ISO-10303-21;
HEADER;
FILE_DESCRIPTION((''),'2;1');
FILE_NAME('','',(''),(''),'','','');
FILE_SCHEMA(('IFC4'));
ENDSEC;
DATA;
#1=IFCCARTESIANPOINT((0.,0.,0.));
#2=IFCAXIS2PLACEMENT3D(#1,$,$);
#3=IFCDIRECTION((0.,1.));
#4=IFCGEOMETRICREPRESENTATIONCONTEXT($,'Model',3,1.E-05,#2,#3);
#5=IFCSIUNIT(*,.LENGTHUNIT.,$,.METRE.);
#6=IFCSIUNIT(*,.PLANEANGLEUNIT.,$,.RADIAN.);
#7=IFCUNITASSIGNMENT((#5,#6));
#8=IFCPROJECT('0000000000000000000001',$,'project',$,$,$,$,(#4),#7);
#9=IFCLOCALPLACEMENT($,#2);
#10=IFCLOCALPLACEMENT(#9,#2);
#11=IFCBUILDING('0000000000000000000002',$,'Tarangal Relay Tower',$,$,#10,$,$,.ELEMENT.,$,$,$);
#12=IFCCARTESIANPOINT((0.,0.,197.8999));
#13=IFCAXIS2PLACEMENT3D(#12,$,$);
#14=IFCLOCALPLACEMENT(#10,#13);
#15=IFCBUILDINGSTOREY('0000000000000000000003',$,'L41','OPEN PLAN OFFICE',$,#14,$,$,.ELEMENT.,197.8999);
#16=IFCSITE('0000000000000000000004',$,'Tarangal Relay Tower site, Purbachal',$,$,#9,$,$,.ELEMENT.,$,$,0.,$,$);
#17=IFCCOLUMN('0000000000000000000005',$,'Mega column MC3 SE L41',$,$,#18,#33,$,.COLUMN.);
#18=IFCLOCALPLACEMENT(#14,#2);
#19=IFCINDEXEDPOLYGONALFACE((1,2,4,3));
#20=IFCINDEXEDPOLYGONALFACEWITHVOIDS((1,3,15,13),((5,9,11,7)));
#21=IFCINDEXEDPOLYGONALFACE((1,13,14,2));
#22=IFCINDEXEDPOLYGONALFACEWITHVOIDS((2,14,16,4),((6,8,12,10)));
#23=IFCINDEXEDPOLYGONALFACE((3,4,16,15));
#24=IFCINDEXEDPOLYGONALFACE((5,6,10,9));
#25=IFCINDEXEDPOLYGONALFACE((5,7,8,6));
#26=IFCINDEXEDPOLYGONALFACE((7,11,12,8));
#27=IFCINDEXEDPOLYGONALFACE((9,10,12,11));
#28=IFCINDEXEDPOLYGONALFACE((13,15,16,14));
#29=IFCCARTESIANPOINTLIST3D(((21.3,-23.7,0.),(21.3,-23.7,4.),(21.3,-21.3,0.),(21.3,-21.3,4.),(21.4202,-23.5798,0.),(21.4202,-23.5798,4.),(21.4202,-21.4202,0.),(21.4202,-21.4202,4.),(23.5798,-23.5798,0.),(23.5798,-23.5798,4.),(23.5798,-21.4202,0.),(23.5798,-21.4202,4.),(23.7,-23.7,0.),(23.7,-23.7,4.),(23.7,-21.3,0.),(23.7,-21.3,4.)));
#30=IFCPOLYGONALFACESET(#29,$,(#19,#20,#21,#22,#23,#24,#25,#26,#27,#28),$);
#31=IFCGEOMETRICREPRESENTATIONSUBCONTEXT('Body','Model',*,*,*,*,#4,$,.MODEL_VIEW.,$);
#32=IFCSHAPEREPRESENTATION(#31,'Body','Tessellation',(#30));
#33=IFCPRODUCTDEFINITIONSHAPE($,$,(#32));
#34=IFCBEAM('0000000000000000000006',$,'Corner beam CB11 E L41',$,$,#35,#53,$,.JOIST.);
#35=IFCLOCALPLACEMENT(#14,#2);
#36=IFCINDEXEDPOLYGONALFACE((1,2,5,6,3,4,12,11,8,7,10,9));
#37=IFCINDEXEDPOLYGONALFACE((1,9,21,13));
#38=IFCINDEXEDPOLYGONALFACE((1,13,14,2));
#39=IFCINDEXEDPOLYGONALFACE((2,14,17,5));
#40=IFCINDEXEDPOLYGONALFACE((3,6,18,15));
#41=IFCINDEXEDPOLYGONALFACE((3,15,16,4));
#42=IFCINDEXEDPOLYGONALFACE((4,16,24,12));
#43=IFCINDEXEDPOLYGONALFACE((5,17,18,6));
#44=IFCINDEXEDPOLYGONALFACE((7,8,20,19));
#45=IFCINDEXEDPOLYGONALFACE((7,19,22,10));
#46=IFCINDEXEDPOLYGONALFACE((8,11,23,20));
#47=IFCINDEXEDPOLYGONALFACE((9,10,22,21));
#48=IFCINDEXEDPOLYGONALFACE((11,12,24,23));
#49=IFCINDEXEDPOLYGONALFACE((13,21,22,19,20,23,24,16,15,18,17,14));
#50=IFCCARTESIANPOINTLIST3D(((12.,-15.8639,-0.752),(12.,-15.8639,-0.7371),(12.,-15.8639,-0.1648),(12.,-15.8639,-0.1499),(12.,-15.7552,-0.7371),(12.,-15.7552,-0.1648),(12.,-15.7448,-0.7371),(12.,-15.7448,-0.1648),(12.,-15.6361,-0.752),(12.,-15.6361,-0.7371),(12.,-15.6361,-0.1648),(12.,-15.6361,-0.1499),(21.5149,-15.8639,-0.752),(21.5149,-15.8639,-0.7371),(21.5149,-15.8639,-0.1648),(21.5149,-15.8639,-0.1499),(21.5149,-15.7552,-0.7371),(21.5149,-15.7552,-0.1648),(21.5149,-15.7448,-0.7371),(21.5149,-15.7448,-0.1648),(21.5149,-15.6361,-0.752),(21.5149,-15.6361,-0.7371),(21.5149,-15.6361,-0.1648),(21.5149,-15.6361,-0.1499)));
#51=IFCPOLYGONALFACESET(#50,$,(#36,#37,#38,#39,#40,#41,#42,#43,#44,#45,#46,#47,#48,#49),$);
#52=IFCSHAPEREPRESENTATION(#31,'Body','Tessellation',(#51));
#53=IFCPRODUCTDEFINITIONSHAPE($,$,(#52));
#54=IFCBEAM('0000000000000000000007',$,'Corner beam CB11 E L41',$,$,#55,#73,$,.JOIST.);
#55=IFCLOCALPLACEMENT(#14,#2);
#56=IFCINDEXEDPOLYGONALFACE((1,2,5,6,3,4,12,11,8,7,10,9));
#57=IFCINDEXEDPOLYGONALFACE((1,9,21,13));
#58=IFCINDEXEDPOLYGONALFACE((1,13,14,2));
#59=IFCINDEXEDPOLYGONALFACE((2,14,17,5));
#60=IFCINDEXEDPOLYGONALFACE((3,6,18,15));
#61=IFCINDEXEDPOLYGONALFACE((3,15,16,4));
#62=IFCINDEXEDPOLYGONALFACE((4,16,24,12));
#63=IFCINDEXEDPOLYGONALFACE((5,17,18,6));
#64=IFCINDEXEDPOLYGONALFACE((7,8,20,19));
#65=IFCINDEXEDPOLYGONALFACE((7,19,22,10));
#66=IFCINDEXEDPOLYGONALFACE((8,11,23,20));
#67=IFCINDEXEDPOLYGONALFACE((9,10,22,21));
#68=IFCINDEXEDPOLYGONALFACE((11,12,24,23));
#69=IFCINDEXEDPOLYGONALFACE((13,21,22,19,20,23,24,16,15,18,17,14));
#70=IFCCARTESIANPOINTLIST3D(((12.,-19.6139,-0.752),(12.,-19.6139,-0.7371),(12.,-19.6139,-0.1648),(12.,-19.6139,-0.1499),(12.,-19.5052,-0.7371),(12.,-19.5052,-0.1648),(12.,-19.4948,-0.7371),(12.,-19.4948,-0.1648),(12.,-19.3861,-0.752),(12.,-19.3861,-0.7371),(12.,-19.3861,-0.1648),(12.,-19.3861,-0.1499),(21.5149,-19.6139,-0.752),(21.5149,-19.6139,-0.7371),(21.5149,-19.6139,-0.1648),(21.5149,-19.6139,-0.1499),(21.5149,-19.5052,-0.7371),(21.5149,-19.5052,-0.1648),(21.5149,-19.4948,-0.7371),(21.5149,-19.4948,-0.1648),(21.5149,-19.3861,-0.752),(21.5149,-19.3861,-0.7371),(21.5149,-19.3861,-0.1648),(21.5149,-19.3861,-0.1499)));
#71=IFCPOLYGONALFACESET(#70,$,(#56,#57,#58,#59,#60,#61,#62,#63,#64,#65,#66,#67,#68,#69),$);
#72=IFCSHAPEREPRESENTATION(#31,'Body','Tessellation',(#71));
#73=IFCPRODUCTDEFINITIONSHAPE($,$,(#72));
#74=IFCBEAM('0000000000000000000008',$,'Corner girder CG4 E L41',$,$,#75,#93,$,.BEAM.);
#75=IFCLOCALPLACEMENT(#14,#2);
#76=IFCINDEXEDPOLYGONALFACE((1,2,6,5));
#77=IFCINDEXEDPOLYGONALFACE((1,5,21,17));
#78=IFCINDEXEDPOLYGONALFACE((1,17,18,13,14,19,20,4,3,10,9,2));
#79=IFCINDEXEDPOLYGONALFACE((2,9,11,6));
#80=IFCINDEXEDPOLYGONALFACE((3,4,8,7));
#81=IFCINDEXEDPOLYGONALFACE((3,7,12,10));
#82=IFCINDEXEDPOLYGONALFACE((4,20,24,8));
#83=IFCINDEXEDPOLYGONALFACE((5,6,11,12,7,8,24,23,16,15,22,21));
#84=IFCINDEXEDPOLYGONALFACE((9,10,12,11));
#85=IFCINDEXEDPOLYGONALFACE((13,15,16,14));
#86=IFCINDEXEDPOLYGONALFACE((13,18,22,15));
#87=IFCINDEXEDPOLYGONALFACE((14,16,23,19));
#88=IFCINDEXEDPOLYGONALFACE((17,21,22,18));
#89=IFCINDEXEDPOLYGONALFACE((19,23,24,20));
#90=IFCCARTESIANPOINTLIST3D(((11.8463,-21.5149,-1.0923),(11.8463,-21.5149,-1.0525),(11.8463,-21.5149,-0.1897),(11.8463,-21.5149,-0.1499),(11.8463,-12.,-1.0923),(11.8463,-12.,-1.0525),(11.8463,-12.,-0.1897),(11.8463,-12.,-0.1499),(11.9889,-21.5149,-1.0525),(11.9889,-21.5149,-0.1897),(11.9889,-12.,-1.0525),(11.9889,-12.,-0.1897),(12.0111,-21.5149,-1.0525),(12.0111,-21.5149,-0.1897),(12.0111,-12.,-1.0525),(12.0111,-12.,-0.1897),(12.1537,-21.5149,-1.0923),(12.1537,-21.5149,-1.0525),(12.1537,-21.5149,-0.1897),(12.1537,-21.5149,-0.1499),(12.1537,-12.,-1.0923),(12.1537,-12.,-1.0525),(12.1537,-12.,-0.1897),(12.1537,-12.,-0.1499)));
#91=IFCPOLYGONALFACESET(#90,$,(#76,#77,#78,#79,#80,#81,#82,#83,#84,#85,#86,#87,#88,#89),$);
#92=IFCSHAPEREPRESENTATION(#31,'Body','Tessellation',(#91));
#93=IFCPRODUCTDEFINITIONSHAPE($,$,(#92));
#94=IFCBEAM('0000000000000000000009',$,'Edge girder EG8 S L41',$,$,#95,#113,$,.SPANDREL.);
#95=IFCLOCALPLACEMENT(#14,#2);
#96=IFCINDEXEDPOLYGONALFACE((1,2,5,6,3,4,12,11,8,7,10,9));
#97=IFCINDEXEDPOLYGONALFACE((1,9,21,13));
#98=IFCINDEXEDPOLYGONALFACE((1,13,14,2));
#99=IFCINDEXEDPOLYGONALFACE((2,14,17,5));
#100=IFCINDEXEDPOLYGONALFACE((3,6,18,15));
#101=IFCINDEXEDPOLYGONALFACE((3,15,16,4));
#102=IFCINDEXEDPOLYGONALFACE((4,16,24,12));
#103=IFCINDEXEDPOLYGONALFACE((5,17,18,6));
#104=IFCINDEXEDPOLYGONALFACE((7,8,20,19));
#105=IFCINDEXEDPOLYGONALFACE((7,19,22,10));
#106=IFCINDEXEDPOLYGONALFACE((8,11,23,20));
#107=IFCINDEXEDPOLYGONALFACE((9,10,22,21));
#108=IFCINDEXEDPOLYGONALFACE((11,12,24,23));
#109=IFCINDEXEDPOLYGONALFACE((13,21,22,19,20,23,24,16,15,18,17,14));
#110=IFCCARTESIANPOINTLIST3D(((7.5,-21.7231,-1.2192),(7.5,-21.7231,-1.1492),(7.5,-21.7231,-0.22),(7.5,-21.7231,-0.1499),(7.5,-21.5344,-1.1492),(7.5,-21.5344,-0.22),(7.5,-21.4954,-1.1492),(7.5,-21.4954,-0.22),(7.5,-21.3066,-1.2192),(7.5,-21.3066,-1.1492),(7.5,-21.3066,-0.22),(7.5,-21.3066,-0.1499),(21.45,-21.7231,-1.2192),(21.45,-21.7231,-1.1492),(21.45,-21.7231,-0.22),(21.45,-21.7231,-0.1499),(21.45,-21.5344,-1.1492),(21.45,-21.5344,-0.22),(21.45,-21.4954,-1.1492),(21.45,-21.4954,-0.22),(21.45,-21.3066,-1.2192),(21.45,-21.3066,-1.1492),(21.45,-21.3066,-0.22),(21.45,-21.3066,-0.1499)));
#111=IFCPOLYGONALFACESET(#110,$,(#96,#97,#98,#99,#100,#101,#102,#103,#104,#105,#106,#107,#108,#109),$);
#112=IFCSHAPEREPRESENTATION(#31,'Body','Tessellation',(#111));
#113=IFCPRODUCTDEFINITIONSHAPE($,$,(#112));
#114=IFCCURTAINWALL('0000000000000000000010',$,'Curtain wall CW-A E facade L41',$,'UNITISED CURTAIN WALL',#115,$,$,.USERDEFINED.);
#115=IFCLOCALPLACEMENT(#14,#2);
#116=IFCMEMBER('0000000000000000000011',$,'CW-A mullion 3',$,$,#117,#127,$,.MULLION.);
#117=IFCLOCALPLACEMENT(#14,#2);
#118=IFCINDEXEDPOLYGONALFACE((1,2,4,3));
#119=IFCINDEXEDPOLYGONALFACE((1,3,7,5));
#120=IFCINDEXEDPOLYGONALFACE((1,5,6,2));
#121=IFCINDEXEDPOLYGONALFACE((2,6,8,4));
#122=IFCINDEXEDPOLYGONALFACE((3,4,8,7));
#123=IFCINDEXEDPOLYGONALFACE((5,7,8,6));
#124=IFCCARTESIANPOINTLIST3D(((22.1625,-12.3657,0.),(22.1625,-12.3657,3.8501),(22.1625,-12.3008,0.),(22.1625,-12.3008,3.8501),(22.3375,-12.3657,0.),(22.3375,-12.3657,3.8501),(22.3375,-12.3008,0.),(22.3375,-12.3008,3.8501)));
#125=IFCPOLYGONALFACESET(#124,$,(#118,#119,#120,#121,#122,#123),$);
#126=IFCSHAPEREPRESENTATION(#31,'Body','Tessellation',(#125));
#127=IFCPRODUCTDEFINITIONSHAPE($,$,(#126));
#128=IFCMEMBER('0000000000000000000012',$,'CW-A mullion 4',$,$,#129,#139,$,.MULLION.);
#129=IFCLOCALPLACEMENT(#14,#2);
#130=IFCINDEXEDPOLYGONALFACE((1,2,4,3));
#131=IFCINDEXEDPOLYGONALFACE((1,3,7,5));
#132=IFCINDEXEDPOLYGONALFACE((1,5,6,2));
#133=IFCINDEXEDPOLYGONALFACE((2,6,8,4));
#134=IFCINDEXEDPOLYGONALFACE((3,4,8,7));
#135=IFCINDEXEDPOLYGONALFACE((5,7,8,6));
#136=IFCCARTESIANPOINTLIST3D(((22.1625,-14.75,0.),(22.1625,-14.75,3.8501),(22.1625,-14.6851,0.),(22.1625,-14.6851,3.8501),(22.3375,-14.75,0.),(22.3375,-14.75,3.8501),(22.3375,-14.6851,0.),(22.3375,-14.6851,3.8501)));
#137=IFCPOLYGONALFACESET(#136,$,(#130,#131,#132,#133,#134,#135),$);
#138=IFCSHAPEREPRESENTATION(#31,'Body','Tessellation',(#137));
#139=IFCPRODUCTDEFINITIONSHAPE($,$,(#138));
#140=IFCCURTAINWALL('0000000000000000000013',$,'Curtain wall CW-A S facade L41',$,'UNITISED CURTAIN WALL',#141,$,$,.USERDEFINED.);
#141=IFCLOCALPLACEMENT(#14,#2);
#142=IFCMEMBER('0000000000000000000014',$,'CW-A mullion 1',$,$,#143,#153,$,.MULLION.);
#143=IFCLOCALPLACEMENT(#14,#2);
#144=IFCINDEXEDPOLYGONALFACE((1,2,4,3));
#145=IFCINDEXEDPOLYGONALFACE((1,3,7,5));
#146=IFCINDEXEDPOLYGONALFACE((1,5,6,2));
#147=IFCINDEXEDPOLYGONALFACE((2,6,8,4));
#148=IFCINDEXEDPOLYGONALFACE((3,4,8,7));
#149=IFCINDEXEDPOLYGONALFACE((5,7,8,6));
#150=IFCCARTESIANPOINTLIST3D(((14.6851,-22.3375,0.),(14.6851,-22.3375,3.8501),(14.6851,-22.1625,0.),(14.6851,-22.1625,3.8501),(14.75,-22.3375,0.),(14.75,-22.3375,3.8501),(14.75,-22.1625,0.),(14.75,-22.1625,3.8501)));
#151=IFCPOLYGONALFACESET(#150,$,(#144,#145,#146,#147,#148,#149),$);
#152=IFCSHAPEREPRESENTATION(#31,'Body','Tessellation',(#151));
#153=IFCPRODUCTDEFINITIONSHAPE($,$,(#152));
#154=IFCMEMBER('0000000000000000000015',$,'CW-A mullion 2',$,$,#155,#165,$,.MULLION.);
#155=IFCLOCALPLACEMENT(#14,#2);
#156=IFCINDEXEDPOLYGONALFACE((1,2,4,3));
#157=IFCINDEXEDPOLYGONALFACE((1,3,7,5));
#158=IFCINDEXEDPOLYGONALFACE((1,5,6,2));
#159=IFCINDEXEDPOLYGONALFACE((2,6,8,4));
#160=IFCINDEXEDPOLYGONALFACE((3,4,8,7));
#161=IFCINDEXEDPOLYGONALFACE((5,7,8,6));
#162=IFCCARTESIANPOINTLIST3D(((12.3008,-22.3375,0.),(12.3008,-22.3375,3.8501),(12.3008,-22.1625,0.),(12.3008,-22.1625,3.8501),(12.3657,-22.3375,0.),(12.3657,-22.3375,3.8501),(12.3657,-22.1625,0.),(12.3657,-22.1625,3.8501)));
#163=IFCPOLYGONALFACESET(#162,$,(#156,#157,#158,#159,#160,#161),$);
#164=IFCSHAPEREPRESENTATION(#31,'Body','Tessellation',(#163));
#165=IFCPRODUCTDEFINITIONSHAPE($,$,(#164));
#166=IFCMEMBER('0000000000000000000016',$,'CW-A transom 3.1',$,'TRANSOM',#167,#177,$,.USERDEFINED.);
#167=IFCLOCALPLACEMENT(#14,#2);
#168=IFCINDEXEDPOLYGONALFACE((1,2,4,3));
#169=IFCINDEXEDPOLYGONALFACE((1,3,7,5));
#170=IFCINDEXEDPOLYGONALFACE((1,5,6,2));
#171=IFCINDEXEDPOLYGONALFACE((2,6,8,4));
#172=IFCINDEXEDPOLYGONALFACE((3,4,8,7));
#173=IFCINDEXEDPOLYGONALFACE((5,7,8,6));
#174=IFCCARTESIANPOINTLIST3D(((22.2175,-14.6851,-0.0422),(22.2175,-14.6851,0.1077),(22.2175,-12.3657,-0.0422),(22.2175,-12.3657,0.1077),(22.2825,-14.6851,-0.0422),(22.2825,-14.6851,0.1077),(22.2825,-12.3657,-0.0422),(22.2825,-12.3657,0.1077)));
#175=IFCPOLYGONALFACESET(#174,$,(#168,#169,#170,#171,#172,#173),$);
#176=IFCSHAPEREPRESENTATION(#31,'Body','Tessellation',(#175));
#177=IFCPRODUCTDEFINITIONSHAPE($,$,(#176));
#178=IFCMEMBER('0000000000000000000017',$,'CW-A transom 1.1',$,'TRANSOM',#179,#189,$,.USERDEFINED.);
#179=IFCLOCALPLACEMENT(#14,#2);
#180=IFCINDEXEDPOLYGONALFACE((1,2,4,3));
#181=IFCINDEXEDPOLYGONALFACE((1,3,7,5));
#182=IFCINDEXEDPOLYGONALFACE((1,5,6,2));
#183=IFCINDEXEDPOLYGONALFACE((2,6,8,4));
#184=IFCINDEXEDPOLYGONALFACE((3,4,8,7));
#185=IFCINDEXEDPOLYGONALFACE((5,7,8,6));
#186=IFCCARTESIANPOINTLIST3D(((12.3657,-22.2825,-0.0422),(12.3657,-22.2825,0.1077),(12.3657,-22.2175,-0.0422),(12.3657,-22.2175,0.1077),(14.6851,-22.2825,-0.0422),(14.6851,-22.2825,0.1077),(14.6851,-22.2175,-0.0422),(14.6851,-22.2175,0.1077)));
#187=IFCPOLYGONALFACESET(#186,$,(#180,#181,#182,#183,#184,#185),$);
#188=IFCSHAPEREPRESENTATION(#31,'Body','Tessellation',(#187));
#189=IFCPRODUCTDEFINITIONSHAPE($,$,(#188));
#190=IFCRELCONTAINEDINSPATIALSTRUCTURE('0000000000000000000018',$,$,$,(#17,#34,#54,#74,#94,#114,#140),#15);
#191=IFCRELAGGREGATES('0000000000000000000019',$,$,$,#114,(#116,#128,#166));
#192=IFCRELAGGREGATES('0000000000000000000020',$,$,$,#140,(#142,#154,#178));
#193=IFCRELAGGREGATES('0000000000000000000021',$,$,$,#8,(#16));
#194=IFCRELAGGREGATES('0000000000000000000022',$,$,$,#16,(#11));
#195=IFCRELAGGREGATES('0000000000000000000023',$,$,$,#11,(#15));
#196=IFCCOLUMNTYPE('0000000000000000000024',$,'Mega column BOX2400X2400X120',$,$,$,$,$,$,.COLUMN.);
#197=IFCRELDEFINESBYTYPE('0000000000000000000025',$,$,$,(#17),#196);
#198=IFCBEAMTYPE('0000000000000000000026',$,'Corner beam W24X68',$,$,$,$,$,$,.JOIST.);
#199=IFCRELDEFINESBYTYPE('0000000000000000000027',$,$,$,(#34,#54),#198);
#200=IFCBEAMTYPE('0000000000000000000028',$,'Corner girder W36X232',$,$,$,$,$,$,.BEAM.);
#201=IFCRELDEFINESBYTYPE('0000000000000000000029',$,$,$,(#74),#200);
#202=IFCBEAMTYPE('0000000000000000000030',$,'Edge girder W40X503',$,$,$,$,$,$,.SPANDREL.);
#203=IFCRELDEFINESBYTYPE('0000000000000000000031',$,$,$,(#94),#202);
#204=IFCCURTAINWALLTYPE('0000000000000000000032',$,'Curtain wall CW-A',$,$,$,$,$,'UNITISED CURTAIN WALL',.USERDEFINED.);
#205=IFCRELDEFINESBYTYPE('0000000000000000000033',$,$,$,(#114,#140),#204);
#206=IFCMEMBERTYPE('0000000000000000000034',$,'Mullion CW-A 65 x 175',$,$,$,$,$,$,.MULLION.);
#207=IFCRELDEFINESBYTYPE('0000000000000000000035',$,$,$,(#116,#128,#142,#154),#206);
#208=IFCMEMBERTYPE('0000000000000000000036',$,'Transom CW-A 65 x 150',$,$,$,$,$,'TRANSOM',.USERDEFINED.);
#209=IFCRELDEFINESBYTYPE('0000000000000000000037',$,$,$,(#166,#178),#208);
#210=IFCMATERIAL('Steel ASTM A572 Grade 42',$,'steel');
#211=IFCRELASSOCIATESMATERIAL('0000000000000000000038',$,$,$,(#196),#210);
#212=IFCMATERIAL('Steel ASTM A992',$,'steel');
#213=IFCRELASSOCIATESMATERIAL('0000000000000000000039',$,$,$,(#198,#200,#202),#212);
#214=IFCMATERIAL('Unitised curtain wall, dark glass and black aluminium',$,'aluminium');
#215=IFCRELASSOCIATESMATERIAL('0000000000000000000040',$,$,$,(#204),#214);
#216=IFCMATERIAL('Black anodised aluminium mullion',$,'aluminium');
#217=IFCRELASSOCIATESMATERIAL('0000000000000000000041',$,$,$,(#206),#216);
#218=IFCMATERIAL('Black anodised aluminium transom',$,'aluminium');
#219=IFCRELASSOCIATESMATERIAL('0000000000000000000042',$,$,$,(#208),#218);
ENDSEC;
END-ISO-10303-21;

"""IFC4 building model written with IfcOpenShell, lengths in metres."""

from ifc_helpers import new_model, si_unit, direction, frame, origin, origin_2d, place, context, subcontext, project, spatial, rectangle, hollow_rectangle, i_section, extrude, material, material_profile, profile_set, type_object, element, aggregate, save


model = new_model("IFC4")

# Units and contexts
model_context = context("Model", 3, precision=1e-05, world=origin(), true_north=direction((0.0, 1.0)))
body_context = subcontext(model_context, "Body", "Model", "MODEL_VIEW")
ifc_project = project(units=[si_unit("LENGTHUNIT", "METRE"), si_unit("PLANEANGLEUNIT", "RADIAN")], contexts=[model_context])

# Site, building, storey
site_placement = place(None, origin())
site = spatial("IfcSite", under=ifc_project, at=site_placement, Name="Tarangal Relay Tower site, Purbachal", CompositionType="ELEMENT", RefElevation=0.0)
building_placement = place(site_placement, origin())
building = spatial("IfcBuilding", under=site, at=building_placement, Name="Tarangal Relay Tower", CompositionType="ELEMENT")
storey_placement = place(building_placement, frame((0.0, 0.0, 197.8999)))
storey = spatial("IfcBuildingStorey", under=building, at=storey_placement, Name="L41", Description="OPEN PLAN OFFICE", CompositionType="ELEMENT", Elevation=197.8999)

# Column
ifc_material_1 = material(Name="Steel ASTM A572 Grade 42", Category="steel")
ifc_material_profile_1 = material_profile(ifc_material_1, hollow_rectangle(XDim=2.3999, YDim=2.3999, WallThickness=0.1201, at=origin_2d()), Name="BOX2400X2400X120")
ifc_profile_set_1 = profile_set([ifc_material_profile_1], Name="Steel ASTM A572 Grade 42")
column_type = type_object("IfcColumnType", Name="Mega column BOX2400X2400X120", PredefinedType="COLUMN", material=ifc_profile_set_1)
column_placement = place(storey_placement, frame((22.5, -22.5, 0.0), z_axis=(0.0, 0.0, 1.0), x_axis=(1.0, 0.0, 0.0)))
element("IfcColumn", 1, at=column_placement, inside=storey, type_object=column_type, Name="Mega column MC3 SE L41", PredefinedType="COLUMN", context=body_context, shape_type="SweptSolid", body=[
    extrude(hollow_rectangle(XDim=2.3999, YDim=2.3999, WallThickness=0.1201, at=origin_2d()), origin(), (0.0, 0.0, 1.0), 4.0),
])

# Beams
ifc_material_2 = material(Name="Steel ASTM A992", Category="steel")
ifc_material_profile_2 = material_profile(ifc_material_2, i_section(OverallWidth=0.2278, OverallDepth=0.6021, WebThickness=0.0105, FlangeThickness=0.0149, at=origin_2d()), Name="W24X68")
ifc_profile_set_2 = profile_set([ifc_material_profile_2], Name="Steel ASTM A992")
beam_type_1 = type_object("IfcBeamType", Name="Corner beam W24X68", PredefinedType="JOIST", material=ifc_profile_set_2)
for number, where, z_axis, x_axis, name in (
    (2, (12.0, -15.75, -0.4509), (1.0, 0.0, 0.0), (0.0, 1.0, 0.0), "Corner beam CB11 E L41"),
    (3, (12.0, -19.5, -0.4509), (1.0, 0.0, 0.0), (0.0, 1.0, 0.0), "Corner beam CB11 E L41"),
):
    element("IfcBeam", number, at=place(storey_placement, frame(where, z_axis=z_axis, x_axis=x_axis)), inside=storey, type_object=beam_type_1, Name=name, PredefinedType="JOIST", context=body_context, shape_type="SweptSolid", body=[
        extrude(i_section(OverallWidth=0.2278, OverallDepth=0.6021, WebThickness=0.0105, FlangeThickness=0.0149, at=origin_2d()), origin(), (0.0, 0.0, 1.0), 9.5149),
    ])
ifc_material_profile_3 = material_profile(ifc_material_2, i_section(OverallWidth=0.3074, OverallDepth=0.9424, WebThickness=0.0222, FlangeThickness=0.0398, at=origin_2d()), Name="W36X232")
ifc_profile_set_3 = profile_set([ifc_material_profile_3], Name="Steel ASTM A992")
beam_type_2 = type_object("IfcBeamType", Name="Corner girder W36X232", PredefinedType="BEAM", material=ifc_profile_set_3)
beam_1_placement = place(storey_placement, frame((12.0, -12.0, -0.6211), z_axis=(0.0, -1.0, 0.0), x_axis=(1.0, 0.0, 0.0)))
element("IfcBeam", 4, at=beam_1_placement, inside=storey, type_object=beam_type_2, Name="Corner girder CG4 E L41", PredefinedType="BEAM", context=body_context, shape_type="SweptSolid", body=[
    extrude(i_section(OverallWidth=0.3074, OverallDepth=0.9424, WebThickness=0.0222, FlangeThickness=0.0398, at=origin_2d()), origin(), (0.0, 0.0, 1.0), 9.5149),
])
ifc_material_profile_4 = material_profile(ifc_material_2, i_section(OverallWidth=0.4165, OverallDepth=1.0693, WebThickness=0.0391, FlangeThickness=0.0701, at=origin_2d()), Name="W40X503")
ifc_profile_set_4 = profile_set([ifc_material_profile_4], Name="Steel ASTM A992")
beam_type_3 = type_object("IfcBeamType", Name="Edge girder W40X503", PredefinedType="SPANDREL", material=ifc_profile_set_4)
beam_2_placement = place(storey_placement, frame((21.45, -21.5149, -0.6846), z_axis=(-1.0, 0.0, 0.0), x_axis=(0.0, -1.0, 0.0)))
element("IfcBeam", 5, at=beam_2_placement, inside=storey, type_object=beam_type_3, Name="Edge girder EG8 S L41", PredefinedType="SPANDREL", context=body_context, shape_type="SweptSolid", body=[
    extrude(i_section(OverallWidth=0.4165, OverallDepth=1.0693, WebThickness=0.0391, FlangeThickness=0.0701, at=origin_2d()), origin(), (0.0, 0.0, 1.0), 13.95),
])

# Curtain walls, members
ifc_material_3 = material(Name="Unitised curtain wall, dark glass and black aluminium", Category="aluminium")
curtain_wall_type = type_object("IfcCurtainWallType", Name="Curtain wall CW-A", ElementType="UNITISED CURTAIN WALL", PredefinedType="USERDEFINED", material=ifc_material_3)
curtain_wall_1_placement = place(storey_placement, origin())
curtain_wall_1 = element("IfcCurtainWall", 6, at=curtain_wall_1_placement, inside=storey, type_object=curtain_wall_type, Name="Curtain wall CW-A E facade L41", ObjectType="UNITISED CURTAIN WALL", PredefinedType="USERDEFINED")
ifc_material_4 = material(Name="Black anodised aluminium mullion", Category="aluminium")
ifc_material_profile_5 = material_profile(ifc_material_4, rectangle(XDim=0.175, YDim=0.0649, at=origin_2d()), Name="CW-AM 65X175")
ifc_profile_set_5 = profile_set([ifc_material_profile_5], Name="Black anodised aluminium mullion")
member_type_1 = type_object("IfcMemberType", Name="Mullion CW-A 65 x 175", PredefinedType="MULLION", material=ifc_profile_set_5)
member_1_placement = place(storey_placement, frame((22.25, -12.3333, 0.0), z_axis=(0.0, 0.0, 1.0), x_axis=(1.0, 0.0, 0.0)))
member_1 = element("IfcMember", 7, at=member_1_placement, type_object=member_type_1, Name="CW-A mullion 3", PredefinedType="MULLION", context=body_context, shape_type="SweptSolid", body=[
    extrude(rectangle(XDim=0.175, YDim=0.0649, at=origin_2d()), origin(), (0.0, 0.0, 1.0), 3.8501),
])
member_2_placement = place(storey_placement, frame((22.25, -14.7175, 0.0), z_axis=(0.0, 0.0, 1.0), x_axis=(1.0, 0.0, 0.0)))
member_2 = element("IfcMember", 8, at=member_2_placement, type_object=member_type_1, Name="CW-A mullion 4", PredefinedType="MULLION", context=body_context, shape_type="SweptSolid", body=[
    extrude(rectangle(XDim=0.175, YDim=0.0649, at=origin_2d()), origin(), (0.0, 0.0, 1.0), 3.8501),
])
curtain_wall_2_placement = place(storey_placement, origin())
curtain_wall_2 = element("IfcCurtainWall", 9, at=curtain_wall_2_placement, inside=storey, type_object=curtain_wall_type, Name="Curtain wall CW-A S facade L41", ObjectType="UNITISED CURTAIN WALL", PredefinedType="USERDEFINED")
member_3_placement = place(storey_placement, frame((14.7175, -22.25, 0.0), z_axis=(0.0, 0.0, 1.0), x_axis=(0.0, -1.0, 0.0)))
member_3 = element("IfcMember", 10, at=member_3_placement, type_object=member_type_1, Name="CW-A mullion 1", PredefinedType="MULLION", context=body_context, shape_type="SweptSolid", body=[
    extrude(rectangle(XDim=0.175, YDim=0.0649, at=origin_2d()), origin(), (0.0, 0.0, 1.0), 3.8501),
])
member_4_placement = place(storey_placement, frame((12.3333, -22.25, 0.0), z_axis=(0.0, 0.0, 1.0), x_axis=(0.0, -1.0, 0.0)))
member_4 = element("IfcMember", 11, at=member_4_placement, type_object=member_type_1, Name="CW-A mullion 2", PredefinedType="MULLION", context=body_context, shape_type="SweptSolid", body=[
    extrude(rectangle(XDim=0.175, YDim=0.0649, at=origin_2d()), origin(), (0.0, 0.0, 1.0), 3.8501),
])

# Members
ifc_material_5 = material(Name="Black anodised aluminium transom", Category="aluminium")
ifc_material_profile_6 = material_profile(ifc_material_5, rectangle(XDim=0.0649, YDim=0.1499, at=origin_2d()), Name="CW-AT 65X150")
ifc_profile_set_6 = profile_set([ifc_material_profile_6], Name="Black anodised aluminium transom")
member_type_2 = type_object("IfcMemberType", Name="Transom CW-A 65 x 150", ElementType="TRANSOM", PredefinedType="USERDEFINED", material=ifc_profile_set_6)
member_5_placement = place(storey_placement, frame((22.25, -12.3657, 0.0327), z_axis=(0.0, -1.0, 0.0), x_axis=(1.0, 0.0, 0.0)))
member_5 = element("IfcMember", 12, at=member_5_placement, type_object=member_type_2, Name="CW-A transom 3.1", ObjectType="TRANSOM", PredefinedType="USERDEFINED", context=body_context, shape_type="SweptSolid", body=[
    extrude(rectangle(XDim=0.0649, YDim=0.1499, at=origin_2d()), origin(), (0.0, 0.0, 1.0), 2.3193),
])
member_6_placement = place(storey_placement, frame((14.6851, -22.25, 0.0327), z_axis=(-1.0, 0.0, 0.0), x_axis=(0.0, -1.0, 0.0)))
member_6 = element("IfcMember", 13, at=member_6_placement, type_object=member_type_2, Name="CW-A transom 1.1", ObjectType="TRANSOM", PredefinedType="USERDEFINED", context=body_context, shape_type="SweptSolid", body=[
    extrude(rectangle(XDim=0.0649, YDim=0.1499, at=origin_2d()), origin(), (0.0, 0.0, 1.0), 2.3193),
])

aggregate(curtain_wall_1, [member_1, member_2, member_5])
aggregate(curtain_wall_2, [member_3, member_4, member_6])

save(model, "model.ifc")
